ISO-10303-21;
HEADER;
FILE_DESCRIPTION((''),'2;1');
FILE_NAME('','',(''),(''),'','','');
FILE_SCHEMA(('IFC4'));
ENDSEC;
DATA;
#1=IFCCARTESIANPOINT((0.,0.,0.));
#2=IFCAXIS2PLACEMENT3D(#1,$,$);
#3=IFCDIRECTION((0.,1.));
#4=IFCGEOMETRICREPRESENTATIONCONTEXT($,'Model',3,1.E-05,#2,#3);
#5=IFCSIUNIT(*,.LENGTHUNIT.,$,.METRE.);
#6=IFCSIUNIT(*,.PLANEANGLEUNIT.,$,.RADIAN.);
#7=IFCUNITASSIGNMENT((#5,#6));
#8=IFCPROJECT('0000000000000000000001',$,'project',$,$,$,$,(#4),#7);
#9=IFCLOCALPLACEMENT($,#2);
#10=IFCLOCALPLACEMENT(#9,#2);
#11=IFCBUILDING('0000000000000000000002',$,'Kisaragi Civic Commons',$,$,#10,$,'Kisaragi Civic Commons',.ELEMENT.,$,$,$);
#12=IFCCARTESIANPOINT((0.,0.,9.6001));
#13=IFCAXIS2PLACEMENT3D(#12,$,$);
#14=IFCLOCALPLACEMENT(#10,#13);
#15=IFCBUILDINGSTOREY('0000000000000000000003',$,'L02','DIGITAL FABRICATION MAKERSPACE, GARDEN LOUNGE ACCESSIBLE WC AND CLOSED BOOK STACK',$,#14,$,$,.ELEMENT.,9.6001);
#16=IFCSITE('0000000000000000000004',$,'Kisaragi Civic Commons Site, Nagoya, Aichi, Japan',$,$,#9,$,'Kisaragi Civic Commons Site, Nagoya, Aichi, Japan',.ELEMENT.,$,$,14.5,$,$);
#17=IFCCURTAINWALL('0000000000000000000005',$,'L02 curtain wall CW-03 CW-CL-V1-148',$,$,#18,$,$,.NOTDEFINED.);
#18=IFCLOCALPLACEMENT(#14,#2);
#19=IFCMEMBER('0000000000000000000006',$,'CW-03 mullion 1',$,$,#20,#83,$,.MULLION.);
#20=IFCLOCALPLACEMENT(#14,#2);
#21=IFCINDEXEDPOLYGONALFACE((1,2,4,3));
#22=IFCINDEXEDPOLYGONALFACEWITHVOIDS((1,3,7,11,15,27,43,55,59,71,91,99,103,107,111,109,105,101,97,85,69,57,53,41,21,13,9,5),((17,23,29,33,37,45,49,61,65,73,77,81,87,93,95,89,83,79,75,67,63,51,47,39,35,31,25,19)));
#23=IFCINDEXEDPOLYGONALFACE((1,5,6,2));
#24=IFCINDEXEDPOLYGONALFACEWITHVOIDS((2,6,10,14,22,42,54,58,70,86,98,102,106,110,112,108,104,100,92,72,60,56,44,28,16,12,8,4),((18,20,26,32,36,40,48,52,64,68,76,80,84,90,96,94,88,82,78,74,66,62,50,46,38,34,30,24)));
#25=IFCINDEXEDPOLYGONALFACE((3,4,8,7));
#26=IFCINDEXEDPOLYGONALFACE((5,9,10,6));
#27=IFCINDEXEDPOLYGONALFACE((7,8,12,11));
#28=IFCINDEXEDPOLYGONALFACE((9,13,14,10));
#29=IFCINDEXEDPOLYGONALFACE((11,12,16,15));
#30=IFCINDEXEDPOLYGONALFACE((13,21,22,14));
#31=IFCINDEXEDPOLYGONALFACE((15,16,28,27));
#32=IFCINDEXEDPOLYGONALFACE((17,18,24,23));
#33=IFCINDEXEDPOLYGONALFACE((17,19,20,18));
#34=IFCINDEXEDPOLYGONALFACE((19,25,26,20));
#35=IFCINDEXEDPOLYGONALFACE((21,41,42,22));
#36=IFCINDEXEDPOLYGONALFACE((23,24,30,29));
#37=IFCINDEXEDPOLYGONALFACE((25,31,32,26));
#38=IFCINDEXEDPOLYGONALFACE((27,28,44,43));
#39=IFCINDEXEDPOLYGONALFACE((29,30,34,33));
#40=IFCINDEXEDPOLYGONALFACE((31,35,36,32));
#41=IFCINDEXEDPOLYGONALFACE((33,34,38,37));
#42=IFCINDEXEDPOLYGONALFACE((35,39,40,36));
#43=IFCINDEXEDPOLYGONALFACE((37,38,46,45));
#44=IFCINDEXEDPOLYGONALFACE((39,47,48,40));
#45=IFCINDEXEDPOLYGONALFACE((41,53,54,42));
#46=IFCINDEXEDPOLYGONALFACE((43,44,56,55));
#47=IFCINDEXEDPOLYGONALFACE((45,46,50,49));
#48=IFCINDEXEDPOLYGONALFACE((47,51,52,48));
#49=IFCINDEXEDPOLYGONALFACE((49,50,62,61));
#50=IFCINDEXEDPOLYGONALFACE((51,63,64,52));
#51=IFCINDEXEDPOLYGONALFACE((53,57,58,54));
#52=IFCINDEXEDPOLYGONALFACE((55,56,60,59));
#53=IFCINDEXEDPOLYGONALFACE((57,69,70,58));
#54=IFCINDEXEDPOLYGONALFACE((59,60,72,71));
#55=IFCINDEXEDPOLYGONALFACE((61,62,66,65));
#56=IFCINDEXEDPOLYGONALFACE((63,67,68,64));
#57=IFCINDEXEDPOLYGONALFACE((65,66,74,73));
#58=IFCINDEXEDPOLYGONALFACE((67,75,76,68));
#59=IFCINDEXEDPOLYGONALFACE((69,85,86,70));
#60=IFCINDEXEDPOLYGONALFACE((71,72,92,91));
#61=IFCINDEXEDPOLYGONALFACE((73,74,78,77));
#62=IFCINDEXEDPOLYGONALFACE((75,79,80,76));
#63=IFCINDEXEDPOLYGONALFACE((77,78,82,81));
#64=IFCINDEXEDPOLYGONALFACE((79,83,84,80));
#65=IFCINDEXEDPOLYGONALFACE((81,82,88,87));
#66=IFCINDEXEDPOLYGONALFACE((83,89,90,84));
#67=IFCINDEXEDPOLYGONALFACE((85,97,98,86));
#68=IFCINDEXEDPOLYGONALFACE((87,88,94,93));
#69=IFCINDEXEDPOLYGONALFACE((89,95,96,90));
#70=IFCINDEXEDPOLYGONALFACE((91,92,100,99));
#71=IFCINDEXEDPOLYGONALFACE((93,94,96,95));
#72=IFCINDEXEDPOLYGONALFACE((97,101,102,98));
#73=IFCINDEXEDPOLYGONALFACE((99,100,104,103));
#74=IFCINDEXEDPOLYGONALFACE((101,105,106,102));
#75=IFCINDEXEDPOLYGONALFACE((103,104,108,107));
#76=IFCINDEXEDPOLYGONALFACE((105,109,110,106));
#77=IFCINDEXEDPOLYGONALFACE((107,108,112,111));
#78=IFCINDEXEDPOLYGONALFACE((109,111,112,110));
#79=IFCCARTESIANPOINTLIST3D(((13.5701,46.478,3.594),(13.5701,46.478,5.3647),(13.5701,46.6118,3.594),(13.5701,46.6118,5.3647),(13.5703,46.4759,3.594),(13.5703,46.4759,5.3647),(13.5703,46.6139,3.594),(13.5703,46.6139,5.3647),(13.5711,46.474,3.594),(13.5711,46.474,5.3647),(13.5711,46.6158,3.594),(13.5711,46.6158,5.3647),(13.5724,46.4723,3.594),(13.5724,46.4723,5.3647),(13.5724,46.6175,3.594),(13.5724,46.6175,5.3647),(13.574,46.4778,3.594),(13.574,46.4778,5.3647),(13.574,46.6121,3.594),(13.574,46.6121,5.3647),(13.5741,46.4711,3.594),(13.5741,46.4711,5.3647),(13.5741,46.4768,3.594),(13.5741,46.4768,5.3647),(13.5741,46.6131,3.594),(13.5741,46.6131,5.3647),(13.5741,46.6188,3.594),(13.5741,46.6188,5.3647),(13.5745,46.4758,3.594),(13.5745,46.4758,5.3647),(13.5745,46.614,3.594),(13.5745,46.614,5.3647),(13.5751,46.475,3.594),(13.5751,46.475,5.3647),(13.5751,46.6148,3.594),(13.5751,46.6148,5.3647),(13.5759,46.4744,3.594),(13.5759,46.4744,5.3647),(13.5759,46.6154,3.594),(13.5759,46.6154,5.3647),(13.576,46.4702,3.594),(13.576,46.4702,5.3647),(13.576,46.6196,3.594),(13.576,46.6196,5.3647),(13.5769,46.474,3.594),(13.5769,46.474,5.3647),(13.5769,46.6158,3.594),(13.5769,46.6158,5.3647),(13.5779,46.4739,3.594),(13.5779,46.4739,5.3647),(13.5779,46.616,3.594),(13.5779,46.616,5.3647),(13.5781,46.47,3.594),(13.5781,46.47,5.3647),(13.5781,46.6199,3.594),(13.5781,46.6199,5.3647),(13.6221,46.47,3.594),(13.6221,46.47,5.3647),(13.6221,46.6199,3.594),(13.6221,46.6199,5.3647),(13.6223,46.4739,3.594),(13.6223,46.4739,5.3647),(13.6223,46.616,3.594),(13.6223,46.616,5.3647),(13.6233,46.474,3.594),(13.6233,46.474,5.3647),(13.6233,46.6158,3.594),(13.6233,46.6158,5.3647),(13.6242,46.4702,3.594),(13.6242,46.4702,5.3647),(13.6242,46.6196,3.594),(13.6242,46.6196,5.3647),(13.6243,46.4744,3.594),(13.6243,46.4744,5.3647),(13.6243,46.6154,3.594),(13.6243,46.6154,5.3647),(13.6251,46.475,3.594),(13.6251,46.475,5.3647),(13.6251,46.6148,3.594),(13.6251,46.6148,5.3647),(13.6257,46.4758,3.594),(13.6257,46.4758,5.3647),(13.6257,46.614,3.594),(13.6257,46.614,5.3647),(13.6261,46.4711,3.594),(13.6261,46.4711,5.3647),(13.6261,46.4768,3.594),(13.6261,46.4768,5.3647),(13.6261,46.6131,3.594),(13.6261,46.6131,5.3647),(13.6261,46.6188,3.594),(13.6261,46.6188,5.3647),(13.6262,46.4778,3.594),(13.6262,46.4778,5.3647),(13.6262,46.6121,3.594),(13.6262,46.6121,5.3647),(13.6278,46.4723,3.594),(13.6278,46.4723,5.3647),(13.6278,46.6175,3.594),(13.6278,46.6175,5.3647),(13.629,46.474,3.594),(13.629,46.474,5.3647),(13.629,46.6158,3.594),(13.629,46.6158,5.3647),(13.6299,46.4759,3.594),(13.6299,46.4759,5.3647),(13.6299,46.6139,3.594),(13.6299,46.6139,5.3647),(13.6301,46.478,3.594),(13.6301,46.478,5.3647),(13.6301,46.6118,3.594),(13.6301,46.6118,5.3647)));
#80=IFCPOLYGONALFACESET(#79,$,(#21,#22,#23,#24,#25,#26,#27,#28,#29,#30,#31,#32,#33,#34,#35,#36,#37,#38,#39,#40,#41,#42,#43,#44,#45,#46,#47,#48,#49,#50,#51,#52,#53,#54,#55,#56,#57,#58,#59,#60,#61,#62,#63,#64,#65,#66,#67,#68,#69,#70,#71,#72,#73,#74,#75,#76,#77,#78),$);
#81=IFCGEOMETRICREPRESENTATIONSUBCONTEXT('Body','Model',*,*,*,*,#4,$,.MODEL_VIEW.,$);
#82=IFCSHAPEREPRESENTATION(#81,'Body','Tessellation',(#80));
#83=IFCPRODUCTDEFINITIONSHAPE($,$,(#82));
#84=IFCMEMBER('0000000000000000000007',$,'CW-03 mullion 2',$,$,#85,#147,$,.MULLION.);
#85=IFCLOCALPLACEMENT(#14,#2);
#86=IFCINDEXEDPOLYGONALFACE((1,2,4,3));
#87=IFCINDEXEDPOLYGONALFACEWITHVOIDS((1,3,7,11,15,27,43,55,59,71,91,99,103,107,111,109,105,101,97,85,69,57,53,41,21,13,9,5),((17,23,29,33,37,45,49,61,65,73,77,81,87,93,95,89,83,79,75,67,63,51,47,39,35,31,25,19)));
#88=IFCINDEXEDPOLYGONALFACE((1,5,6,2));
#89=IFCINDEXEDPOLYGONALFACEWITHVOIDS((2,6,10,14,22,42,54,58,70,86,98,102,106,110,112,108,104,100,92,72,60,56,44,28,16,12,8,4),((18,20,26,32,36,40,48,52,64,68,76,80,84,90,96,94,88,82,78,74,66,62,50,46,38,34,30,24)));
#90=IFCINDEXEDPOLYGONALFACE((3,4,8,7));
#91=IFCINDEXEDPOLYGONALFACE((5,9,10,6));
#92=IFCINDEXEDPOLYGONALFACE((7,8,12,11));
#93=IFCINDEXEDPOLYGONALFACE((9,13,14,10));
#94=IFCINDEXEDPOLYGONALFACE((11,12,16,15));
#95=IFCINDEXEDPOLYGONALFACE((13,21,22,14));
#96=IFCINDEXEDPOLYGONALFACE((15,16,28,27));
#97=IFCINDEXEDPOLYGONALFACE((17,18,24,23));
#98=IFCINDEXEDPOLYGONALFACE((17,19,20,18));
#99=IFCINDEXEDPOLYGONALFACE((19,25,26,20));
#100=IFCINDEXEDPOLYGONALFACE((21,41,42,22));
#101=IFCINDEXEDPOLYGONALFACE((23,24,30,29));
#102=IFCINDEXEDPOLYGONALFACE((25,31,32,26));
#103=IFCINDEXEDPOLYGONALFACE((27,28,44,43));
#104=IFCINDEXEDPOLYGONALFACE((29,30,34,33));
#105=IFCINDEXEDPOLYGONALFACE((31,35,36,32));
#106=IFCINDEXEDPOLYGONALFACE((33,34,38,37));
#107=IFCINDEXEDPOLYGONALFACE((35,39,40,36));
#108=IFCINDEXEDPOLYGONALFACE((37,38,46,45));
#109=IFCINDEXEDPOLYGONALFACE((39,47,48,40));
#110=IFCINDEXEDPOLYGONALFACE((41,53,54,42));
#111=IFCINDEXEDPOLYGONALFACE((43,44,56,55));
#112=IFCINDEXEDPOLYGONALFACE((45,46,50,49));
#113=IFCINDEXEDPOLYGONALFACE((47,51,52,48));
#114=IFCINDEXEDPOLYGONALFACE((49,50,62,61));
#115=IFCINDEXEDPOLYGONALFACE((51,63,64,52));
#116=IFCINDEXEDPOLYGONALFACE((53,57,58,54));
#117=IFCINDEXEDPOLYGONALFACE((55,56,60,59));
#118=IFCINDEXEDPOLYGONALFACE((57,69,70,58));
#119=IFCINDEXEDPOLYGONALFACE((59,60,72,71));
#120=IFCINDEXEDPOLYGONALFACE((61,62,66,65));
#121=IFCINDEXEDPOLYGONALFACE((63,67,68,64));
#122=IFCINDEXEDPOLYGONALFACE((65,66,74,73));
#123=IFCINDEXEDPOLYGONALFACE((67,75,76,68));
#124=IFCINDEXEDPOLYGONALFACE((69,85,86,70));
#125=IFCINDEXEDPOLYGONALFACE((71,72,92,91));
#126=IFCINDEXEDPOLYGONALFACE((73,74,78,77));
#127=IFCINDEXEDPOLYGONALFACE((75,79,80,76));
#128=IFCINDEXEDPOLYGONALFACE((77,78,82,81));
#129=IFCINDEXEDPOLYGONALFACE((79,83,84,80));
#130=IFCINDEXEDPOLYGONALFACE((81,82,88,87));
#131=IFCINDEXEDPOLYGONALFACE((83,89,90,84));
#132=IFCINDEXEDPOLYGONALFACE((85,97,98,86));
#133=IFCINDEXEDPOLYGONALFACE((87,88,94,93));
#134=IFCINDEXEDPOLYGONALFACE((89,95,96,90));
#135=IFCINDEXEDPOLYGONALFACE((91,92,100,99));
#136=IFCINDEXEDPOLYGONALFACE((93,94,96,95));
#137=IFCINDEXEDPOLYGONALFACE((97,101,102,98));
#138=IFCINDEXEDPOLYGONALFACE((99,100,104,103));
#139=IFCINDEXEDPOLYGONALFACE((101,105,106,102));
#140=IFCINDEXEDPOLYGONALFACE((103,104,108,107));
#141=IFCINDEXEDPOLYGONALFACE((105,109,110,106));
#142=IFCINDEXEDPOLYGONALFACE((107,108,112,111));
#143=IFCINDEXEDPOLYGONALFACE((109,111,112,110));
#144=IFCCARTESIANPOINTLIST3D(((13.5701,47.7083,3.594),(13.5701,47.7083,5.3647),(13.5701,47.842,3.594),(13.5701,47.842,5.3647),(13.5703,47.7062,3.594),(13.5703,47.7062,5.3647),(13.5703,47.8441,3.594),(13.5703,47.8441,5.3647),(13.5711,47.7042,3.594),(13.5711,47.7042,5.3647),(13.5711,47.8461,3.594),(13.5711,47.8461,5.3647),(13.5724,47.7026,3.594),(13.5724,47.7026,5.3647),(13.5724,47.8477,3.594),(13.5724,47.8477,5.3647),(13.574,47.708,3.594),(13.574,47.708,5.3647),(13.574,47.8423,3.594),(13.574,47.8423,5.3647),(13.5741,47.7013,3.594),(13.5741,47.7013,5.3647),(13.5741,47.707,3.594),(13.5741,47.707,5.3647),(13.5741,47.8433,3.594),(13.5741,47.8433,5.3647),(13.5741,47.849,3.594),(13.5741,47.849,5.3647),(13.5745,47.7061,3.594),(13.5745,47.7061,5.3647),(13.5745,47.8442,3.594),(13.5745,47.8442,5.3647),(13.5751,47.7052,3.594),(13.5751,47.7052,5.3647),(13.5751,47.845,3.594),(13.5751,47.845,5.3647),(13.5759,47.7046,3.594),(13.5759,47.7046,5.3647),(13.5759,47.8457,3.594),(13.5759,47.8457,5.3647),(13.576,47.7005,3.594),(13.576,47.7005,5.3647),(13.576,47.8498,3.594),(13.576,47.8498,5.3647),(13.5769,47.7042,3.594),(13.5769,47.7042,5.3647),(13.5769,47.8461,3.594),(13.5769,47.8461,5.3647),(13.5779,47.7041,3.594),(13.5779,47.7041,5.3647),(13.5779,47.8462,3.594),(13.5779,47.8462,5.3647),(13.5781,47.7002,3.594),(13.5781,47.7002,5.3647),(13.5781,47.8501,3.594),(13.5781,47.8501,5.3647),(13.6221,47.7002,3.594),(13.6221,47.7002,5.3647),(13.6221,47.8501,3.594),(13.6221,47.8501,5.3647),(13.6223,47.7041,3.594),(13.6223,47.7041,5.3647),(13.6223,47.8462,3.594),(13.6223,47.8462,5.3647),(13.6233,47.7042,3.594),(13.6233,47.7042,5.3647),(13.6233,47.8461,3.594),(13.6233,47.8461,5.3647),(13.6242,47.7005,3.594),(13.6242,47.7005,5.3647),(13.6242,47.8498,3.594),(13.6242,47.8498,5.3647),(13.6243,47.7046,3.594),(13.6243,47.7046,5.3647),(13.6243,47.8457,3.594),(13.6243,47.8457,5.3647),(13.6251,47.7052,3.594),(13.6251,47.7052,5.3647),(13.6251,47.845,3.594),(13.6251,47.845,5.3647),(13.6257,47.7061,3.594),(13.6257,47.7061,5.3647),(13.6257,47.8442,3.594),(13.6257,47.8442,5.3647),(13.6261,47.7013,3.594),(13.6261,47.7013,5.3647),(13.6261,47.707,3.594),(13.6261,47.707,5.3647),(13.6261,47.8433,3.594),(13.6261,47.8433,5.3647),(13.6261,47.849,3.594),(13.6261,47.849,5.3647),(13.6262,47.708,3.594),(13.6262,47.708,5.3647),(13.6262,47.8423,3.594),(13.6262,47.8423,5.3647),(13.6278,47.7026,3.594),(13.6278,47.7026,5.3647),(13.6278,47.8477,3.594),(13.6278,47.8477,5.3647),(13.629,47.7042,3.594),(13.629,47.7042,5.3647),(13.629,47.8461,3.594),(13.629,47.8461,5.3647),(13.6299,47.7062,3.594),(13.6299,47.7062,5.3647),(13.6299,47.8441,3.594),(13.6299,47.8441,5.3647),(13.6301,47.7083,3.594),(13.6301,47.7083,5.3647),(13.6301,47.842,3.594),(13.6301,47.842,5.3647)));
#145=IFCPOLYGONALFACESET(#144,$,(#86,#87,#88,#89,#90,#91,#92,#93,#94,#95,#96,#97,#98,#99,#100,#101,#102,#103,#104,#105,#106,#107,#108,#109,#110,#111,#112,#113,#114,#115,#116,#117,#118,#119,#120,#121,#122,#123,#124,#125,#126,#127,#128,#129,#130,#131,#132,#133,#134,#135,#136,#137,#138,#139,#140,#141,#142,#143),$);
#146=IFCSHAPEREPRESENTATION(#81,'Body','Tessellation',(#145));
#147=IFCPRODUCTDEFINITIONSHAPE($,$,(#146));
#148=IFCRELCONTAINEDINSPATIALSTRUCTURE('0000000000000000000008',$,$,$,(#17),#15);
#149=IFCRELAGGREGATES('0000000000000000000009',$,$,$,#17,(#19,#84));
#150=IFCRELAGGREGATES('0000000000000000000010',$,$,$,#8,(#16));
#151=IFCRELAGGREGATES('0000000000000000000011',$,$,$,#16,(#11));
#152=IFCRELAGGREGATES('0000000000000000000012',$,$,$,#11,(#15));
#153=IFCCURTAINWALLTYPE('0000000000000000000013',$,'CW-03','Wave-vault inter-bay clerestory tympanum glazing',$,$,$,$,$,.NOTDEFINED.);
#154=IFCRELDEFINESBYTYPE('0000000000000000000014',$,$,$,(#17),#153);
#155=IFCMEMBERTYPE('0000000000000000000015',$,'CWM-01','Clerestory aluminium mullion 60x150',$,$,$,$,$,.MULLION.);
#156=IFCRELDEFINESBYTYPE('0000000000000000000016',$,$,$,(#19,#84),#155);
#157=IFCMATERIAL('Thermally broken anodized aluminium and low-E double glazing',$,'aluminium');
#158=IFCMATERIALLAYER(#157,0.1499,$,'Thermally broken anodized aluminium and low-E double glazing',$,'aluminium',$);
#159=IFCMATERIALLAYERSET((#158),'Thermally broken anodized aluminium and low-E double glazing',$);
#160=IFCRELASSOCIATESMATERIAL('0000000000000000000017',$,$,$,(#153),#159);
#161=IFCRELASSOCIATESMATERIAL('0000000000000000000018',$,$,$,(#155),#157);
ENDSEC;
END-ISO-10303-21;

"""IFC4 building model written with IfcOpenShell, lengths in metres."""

from ifc_helpers import new_model, si_unit, direction, frame, origin, origin_2d, place, context, subcontext, project, spatial, hollow_rectangle, extrude, material, layer, layer_set, material_profile, profile_set, type_object, element, aggregate, save


model = new_model("IFC4")

# Units and contexts
model_context = context("Model", 3, precision=1e-05, world=origin(), true_north=direction((0.0, 1.0)))
body_context = subcontext(model_context, "Body", "Model", "MODEL_VIEW")
ifc_project = project(units=[si_unit("LENGTHUNIT", "METRE"), si_unit("PLANEANGLEUNIT", "RADIAN")], contexts=[model_context])

# Site, building, storey
site_placement = place(None, origin())
site = spatial("IfcSite", under=ifc_project, at=site_placement, Name="Kisaragi Civic Commons Site, Nagoya, Aichi, Japan", LongName="Kisaragi Civic Commons Site, Nagoya, Aichi, Japan", CompositionType="ELEMENT", RefElevation=14.5)
building_placement = place(site_placement, origin())
building = spatial("IfcBuilding", under=site, at=building_placement, Name="Kisaragi Civic Commons", LongName="Kisaragi Civic Commons", CompositionType="ELEMENT")
storey_placement = place(building_placement, frame((0.0, 0.0, 9.6001)))
storey = spatial("IfcBuildingStorey", under=building, at=storey_placement, Name="L02", Description="DIGITAL FABRICATION MAKERSPACE, GARDEN LOUNGE ACCESSIBLE WC AND CLOSED BOOK STACK", CompositionType="ELEMENT", Elevation=9.6001)

# Shared definitions
ifc_material_1 = material(Name="Thermally broken anodized aluminium and low-E double glazing", Category="aluminium")
ifc_layer_1 = layer(ifc_material_1, 0.1499, Name="Thermally broken anodized aluminium and low-E double glazing", Category="aluminium")
ifc_layer_set_1 = layer_set([ifc_layer_1], Name="Thermally broken anodized aluminium and low-E double glazing")
curtain_wall_type = type_object("IfcCurtainWallType", Name="CW-03", Description="Wave-vault inter-bay clerestory tympanum glazing", PredefinedType="NOTDEFINED", material=ifc_layer_set_1)
ifc_material_profile_1 = material_profile(ifc_material_1, hollow_rectangle(XDim=0.0601, YDim=0.1499, WallThickness=0.0039, InnerFilletRadius=0.0039, OuterFilletRadius=0.0081, at=origin_2d()), Name="CWM-60x150x4", Category="aluminium")
ifc_profile_set_1 = profile_set([ifc_material_profile_1], Name="Thermally broken anodized aluminium and low-E double glazing")
member_type_1 = type_object("IfcMemberType", Name="CWM-01", Description="Clerestory aluminium mullion 60x150", PredefinedType="MULLION", material=ifc_profile_set_1)

# Curtain wall, members
curtain_wall_1_placement = place(storey_placement, origin())
curtain_wall_1 = element("IfcCurtainWall", 1, at=curtain_wall_1_placement, inside=storey, type_object=curtain_wall_type, Name="L02 curtain wall CW-03 CW-CL-V1-148", PredefinedType="NOTDEFINED")
member_1_placement = place(storey_placement, frame((13.6001, 46.5449, 3.594), z_axis=(0.0, 0.0, 1.0), x_axis=(-1.0, 0.0, 0.0)))
member_1 = element("IfcMember", 2, at=member_1_placement, type_object=member_type_1, Name="CW-03 mullion 1", PredefinedType="MULLION", context=body_context, shape_type="SweptSolid", body=[
    extrude(hollow_rectangle(XDim=0.0601, YDim=0.1499, WallThickness=0.0039, InnerFilletRadius=0.0039, OuterFilletRadius=0.0081, at=origin_2d()), origin(), (0.0, 0.0, 1.0), 1.7708),
])
member_2_placement = place(storey_placement, frame((13.6001, 47.7751, 3.594), z_axis=(0.0, 0.0, 1.0), x_axis=(-1.0, 0.0, 0.0)))
member_2 = element("IfcMember", 3, at=member_2_placement, type_object=member_type_1, Name="CW-03 mullion 2", PredefinedType="MULLION", context=body_context, shape_type="SweptSolid", body=[
    extrude(hollow_rectangle(XDim=0.0601, YDim=0.1499, WallThickness=0.0039, InnerFilletRadius=0.0039, OuterFilletRadius=0.0081, at=origin_2d()), origin(), (0.0, 0.0, 1.0), 1.7708),
])

aggregate(curtain_wall_1, [member_1, member_2])

save(model, "model.ifc")
